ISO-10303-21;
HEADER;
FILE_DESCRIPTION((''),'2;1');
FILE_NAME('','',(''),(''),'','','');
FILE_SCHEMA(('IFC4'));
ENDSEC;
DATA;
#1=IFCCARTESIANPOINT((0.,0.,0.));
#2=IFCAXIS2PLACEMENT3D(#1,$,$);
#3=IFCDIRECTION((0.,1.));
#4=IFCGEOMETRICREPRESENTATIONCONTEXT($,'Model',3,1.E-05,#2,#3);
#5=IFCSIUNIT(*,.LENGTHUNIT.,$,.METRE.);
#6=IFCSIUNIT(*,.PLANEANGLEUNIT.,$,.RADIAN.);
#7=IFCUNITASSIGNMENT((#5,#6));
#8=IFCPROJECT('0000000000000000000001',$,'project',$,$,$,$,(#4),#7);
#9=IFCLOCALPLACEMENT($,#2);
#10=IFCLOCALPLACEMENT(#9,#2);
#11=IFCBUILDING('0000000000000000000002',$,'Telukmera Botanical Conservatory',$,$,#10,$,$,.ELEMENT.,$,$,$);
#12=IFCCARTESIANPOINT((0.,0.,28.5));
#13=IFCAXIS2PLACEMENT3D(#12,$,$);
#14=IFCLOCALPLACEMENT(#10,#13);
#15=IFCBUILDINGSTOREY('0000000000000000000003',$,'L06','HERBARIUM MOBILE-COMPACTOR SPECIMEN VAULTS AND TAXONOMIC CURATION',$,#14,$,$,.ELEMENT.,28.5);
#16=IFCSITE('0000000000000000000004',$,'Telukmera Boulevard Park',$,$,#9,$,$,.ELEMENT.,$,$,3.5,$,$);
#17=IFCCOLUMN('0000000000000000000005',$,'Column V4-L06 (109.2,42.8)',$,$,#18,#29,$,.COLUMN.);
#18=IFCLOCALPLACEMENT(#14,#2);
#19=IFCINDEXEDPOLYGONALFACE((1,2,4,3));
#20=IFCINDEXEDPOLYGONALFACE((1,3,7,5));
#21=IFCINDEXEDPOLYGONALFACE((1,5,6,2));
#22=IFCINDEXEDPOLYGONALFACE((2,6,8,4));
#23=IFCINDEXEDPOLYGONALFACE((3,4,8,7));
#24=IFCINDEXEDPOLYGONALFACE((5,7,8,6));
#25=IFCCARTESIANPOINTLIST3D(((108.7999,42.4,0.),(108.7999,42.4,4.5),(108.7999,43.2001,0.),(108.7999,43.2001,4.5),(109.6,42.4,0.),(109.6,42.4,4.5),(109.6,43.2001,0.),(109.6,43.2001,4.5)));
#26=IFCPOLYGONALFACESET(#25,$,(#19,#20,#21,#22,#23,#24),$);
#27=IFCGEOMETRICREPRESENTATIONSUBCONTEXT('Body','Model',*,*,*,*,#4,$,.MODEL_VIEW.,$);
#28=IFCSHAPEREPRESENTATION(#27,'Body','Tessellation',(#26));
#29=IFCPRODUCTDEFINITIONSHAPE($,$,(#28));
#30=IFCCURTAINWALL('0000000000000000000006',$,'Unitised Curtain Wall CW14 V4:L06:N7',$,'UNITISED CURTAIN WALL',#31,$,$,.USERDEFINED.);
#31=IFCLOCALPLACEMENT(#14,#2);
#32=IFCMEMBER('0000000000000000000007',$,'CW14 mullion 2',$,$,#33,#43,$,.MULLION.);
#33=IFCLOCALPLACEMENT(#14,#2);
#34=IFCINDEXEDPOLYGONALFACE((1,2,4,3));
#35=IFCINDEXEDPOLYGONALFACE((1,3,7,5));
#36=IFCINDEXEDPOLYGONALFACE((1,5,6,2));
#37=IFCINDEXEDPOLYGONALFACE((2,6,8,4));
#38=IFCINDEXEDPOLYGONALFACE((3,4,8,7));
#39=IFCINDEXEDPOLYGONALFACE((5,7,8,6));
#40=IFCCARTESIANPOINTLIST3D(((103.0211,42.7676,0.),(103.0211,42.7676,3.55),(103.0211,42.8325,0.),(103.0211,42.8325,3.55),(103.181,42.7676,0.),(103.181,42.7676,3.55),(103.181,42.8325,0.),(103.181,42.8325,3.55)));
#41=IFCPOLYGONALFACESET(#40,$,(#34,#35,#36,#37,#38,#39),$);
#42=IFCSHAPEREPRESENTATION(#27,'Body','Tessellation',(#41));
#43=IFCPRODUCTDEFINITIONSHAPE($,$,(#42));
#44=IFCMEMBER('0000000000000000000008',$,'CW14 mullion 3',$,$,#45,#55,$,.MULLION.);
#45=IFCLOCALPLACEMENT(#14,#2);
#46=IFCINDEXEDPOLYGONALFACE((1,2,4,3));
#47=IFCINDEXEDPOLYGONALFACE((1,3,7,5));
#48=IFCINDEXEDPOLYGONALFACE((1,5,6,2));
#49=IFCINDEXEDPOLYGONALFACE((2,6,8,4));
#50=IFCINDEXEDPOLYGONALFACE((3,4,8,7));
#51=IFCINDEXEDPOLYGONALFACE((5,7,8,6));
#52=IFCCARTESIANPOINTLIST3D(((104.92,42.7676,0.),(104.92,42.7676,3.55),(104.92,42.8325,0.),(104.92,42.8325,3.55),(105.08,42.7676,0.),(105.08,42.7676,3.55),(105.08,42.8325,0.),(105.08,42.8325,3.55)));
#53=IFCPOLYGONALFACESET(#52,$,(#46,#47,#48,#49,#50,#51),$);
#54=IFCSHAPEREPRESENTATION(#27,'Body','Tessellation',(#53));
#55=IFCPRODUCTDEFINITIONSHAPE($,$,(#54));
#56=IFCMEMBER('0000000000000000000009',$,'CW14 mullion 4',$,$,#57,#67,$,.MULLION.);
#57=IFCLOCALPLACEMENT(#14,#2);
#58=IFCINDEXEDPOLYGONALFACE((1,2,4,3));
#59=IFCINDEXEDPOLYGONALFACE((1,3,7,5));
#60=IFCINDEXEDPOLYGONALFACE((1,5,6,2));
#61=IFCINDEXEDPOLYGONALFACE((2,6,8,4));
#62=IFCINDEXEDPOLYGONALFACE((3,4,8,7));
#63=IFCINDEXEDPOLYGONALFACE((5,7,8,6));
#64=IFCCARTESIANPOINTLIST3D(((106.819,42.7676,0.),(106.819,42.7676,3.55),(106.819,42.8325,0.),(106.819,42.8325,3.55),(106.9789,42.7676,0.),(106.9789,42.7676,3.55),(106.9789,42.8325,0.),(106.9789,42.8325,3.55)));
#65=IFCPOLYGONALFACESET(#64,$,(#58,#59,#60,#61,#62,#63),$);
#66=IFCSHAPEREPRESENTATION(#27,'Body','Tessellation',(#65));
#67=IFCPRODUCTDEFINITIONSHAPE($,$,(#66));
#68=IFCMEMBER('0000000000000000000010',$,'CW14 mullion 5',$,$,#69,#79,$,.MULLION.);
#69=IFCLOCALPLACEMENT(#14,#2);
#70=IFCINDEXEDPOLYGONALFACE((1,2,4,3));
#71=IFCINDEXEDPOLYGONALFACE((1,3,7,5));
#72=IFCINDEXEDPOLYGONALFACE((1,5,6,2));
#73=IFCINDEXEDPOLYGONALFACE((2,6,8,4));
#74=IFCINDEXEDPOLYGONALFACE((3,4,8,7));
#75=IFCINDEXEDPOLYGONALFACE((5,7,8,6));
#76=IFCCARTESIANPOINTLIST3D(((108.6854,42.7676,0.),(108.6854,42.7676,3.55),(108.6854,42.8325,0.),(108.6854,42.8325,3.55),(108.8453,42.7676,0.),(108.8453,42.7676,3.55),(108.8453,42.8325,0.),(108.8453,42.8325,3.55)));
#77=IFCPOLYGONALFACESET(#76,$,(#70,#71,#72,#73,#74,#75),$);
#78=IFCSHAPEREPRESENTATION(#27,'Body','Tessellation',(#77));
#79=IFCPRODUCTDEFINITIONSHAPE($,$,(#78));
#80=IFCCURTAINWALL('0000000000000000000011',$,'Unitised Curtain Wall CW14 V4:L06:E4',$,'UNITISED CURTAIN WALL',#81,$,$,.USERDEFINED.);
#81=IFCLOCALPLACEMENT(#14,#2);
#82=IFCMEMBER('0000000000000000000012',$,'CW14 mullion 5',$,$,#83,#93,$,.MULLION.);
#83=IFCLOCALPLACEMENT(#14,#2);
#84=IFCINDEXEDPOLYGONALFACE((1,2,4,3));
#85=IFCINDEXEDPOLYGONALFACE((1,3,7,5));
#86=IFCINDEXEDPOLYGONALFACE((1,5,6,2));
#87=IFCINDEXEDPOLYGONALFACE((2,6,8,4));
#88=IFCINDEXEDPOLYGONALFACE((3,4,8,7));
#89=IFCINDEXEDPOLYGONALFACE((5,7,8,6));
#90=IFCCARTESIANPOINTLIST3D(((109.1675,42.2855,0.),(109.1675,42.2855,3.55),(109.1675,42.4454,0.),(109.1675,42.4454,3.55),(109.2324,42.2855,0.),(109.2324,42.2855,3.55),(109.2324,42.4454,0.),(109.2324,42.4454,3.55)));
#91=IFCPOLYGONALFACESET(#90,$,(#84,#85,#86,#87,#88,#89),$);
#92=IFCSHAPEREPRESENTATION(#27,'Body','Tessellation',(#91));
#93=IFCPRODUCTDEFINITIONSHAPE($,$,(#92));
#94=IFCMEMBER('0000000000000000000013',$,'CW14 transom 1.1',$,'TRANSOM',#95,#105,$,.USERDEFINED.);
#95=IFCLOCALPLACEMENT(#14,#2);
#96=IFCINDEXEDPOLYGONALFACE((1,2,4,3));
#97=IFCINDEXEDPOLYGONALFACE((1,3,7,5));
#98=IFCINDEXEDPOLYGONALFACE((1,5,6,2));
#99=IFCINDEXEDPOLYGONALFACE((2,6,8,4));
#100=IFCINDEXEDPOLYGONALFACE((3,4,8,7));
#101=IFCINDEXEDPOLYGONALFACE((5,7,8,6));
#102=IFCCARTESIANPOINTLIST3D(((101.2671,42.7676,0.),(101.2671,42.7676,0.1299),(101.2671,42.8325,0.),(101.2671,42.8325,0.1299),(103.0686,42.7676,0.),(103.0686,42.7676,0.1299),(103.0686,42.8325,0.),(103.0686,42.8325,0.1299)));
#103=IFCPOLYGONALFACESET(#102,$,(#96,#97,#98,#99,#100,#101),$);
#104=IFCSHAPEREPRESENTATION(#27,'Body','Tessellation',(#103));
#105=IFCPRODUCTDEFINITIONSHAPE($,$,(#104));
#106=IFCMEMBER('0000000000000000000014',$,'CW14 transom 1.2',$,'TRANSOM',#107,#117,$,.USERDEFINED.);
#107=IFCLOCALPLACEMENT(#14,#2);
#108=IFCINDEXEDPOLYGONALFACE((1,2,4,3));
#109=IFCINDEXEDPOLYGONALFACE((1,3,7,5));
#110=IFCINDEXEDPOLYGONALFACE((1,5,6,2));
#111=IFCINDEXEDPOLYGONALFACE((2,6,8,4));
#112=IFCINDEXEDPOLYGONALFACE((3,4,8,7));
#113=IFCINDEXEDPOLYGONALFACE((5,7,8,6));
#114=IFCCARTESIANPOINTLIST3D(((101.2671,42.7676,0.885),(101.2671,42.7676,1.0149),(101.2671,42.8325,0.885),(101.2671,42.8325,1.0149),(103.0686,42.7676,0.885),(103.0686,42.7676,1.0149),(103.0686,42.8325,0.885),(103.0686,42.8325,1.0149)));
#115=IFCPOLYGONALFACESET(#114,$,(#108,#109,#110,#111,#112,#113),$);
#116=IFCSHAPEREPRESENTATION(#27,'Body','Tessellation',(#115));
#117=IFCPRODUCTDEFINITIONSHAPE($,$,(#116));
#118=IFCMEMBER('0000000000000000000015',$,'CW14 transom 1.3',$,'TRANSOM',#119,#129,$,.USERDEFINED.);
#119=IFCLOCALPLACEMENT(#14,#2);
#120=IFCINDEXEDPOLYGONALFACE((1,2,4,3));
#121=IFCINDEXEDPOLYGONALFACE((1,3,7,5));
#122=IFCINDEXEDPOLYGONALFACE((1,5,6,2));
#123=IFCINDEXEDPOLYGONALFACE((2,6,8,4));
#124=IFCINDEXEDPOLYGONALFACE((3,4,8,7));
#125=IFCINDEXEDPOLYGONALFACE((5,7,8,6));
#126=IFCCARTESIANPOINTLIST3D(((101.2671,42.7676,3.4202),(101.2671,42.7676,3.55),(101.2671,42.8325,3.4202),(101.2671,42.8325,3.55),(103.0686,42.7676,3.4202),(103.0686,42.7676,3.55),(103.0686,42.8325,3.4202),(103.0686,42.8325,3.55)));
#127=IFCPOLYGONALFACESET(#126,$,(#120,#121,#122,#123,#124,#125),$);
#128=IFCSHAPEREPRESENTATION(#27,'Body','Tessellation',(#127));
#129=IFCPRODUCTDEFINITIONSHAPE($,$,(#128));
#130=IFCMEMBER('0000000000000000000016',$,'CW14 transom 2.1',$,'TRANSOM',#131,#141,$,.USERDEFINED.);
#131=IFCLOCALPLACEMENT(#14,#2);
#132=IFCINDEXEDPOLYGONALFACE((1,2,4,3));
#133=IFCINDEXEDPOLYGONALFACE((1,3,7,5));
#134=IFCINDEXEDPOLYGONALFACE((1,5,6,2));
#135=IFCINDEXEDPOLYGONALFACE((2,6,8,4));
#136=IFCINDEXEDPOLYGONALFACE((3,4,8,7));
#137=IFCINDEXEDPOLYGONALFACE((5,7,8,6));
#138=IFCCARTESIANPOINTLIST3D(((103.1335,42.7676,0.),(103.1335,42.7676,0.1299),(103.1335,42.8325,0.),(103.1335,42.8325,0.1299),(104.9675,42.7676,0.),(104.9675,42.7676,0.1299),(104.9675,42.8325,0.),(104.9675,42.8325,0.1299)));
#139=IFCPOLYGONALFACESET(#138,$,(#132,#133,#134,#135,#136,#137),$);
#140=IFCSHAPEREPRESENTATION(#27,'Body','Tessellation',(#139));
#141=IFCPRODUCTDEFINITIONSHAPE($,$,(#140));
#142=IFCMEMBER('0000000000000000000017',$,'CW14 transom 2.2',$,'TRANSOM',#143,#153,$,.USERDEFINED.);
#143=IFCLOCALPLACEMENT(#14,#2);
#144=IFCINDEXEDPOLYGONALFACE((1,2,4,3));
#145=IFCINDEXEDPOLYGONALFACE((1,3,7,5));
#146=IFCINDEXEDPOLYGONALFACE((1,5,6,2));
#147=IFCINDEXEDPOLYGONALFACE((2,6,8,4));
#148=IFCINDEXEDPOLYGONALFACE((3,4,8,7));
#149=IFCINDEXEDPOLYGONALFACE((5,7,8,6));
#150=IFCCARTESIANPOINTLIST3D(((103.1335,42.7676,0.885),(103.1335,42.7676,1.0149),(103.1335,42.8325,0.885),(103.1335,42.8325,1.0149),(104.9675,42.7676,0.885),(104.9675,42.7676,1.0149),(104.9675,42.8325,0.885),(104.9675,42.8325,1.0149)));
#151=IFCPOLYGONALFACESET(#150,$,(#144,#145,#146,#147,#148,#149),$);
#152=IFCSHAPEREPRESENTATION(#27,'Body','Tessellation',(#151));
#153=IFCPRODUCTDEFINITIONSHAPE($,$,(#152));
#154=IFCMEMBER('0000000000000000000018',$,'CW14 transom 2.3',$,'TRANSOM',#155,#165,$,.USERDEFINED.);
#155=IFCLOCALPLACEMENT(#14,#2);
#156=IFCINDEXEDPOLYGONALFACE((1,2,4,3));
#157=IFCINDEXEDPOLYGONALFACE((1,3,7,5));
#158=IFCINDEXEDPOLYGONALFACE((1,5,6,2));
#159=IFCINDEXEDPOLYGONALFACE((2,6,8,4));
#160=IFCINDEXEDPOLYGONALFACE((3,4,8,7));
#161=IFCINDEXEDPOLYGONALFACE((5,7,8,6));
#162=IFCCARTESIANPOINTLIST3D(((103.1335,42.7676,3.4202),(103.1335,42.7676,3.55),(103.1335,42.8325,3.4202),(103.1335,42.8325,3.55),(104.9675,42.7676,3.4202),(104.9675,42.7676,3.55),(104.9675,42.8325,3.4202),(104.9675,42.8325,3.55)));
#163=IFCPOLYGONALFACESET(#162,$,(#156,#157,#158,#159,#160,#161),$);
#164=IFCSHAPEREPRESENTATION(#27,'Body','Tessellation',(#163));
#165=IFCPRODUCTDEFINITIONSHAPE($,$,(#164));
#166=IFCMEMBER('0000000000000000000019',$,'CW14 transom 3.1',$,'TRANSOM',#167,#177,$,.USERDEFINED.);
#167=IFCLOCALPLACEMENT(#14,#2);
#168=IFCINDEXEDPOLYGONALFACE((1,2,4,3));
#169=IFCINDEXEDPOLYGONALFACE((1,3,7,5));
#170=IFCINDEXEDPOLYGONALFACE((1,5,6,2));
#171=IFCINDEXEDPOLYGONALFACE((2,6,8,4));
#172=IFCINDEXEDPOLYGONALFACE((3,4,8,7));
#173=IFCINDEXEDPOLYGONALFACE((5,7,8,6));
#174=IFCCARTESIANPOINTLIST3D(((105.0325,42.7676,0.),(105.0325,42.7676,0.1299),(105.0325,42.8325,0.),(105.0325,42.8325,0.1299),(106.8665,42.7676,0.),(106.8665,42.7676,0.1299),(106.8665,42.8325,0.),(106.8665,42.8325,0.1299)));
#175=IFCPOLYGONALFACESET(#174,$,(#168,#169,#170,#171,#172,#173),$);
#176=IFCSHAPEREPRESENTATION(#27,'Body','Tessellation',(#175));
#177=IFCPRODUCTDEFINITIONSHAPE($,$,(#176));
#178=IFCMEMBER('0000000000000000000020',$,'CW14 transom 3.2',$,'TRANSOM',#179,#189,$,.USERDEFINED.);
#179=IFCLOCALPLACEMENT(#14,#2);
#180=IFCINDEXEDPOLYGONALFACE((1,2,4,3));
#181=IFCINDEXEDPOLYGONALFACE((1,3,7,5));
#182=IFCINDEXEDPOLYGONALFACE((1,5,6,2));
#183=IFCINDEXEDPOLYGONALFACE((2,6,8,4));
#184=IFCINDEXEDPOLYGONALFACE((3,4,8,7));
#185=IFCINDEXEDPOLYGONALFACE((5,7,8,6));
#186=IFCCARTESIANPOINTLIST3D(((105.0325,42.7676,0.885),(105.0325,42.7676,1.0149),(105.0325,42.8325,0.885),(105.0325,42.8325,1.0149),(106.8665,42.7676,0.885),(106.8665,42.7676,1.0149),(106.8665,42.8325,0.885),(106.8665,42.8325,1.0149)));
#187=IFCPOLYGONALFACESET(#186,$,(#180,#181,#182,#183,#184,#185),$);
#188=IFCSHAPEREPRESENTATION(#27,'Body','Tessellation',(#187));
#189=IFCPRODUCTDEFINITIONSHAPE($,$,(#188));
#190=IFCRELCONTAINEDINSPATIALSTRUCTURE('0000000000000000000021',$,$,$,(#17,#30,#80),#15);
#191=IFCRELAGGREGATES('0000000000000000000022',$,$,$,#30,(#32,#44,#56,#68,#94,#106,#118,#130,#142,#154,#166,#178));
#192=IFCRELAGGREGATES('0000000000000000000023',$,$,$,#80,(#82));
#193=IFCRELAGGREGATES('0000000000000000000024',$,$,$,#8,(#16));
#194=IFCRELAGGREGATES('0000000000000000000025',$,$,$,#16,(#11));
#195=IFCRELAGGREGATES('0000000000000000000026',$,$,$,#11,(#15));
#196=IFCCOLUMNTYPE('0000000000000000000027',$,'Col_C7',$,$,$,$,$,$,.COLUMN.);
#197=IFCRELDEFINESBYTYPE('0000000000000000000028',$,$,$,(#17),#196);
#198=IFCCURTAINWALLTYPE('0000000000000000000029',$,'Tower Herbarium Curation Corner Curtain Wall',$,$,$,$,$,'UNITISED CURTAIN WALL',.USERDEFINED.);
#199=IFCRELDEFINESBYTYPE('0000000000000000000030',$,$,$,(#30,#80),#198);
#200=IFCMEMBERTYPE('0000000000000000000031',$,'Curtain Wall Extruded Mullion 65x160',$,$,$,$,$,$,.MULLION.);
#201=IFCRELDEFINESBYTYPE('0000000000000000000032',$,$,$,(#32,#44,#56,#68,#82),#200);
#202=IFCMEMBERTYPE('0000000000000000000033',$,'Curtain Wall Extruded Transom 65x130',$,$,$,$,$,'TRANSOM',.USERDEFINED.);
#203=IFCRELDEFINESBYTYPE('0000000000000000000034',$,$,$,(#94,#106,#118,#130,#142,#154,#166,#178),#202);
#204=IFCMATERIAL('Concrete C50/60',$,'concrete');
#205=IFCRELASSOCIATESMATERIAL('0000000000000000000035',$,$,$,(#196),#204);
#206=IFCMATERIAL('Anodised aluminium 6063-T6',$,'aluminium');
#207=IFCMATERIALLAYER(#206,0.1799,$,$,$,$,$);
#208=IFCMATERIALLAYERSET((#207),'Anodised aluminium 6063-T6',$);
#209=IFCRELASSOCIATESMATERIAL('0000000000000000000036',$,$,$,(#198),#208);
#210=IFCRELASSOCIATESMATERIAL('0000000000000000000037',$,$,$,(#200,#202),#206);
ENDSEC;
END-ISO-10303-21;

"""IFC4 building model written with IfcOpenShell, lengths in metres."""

from ifc_helpers import new_model, si_unit, direction, frame, origin, origin_2d, place, context, subcontext, project, spatial, rectangle, extrude, material, layer, layer_set, material_profile, profile_set, type_object, element, aggregate, save


model = new_model("IFC4")

# Units and contexts
model_context = context("Model", 3, precision=1e-05, world=origin(), true_north=direction((0.0, 1.0)))
body_context = subcontext(model_context, "Body", "Model", "MODEL_VIEW")
ifc_project = project(units=[si_unit("LENGTHUNIT", "METRE"), si_unit("PLANEANGLEUNIT", "RADIAN")], contexts=[model_context])

# Site, building, storey
site_placement = place(None, origin())
site = spatial("IfcSite", under=ifc_project, at=site_placement, Name="Telukmera Boulevard Park", CompositionType="ELEMENT", RefElevation=3.5)
building_placement = place(site_placement, origin())
building = spatial("IfcBuilding", under=site, at=building_placement, Name="Telukmera Botanical Conservatory", CompositionType="ELEMENT")
storey_placement = place(building_placement, frame((0.0, 0.0, 28.5)))
storey = spatial("IfcBuildingStorey", under=building, at=storey_placement, Name="L06", Description="HERBARIUM MOBILE-COMPACTOR SPECIMEN VAULTS AND TAXONOMIC CURATION", CompositionType="ELEMENT", Elevation=28.5)

# Column
ifc_material_1 = material(Name="Concrete C50/60", Category="concrete")
ifc_material_profile_1 = material_profile(ifc_material_1, rectangle(XDim=0.8, YDim=0.8, at=origin_2d()), Name="RC 800x800")
ifc_profile_set_1 = profile_set([ifc_material_profile_1], Name="Concrete C50/60")
column_type = type_object("IfcColumnType", Name="Col_C7", PredefinedType="COLUMN", material=ifc_profile_set_1)
column_placement = place(storey_placement, frame((109.2, 42.8, 0.0), z_axis=(0.0, 0.0, 1.0), x_axis=(1.0, 0.0, 0.0)))
element("IfcColumn", 1, at=column_placement, inside=storey, type_object=column_type, Name="Column V4-L06 (109.2,42.8)", PredefinedType="COLUMN", context=body_context, shape_type="SweptSolid", body=[
    extrude(rectangle(XDim=0.8, YDim=0.8, at=origin_2d()), origin(), (0.0, 0.0, 1.0), 4.5),
])

# Curtain wall, members
ifc_material_2 = material(Name="Anodised aluminium 6063-T6", Category="aluminium")
ifc_layer_1 = layer(ifc_material_2, 0.1799)
ifc_layer_set_1 = layer_set([ifc_layer_1], Name="Anodised aluminium 6063-T6")
curtain_wall_type = type_object("IfcCurtainWallType", Name="Tower Herbarium Curation Corner Curtain Wall", ElementType="UNITISED CURTAIN WALL", PredefinedType="USERDEFINED", material=ifc_layer_set_1)
curtain_wall_1_placement = place(storey_placement, origin())
curtain_wall_1 = element("IfcCurtainWall", 2, at=curtain_wall_1_placement, inside=storey, type_object=curtain_wall_type, Name="Unitised Curtain Wall CW14 V4:L06:N7", ObjectType="UNITISED CURTAIN WALL", PredefinedType="USERDEFINED")
ifc_material_profile_2 = material_profile(ifc_material_2, rectangle(XDim=0.0649, YDim=0.1599, at=origin_2d()), Name="ALU MULL 65x160")
ifc_profile_set_2 = profile_set([ifc_material_profile_2], Name="Anodised aluminium 6063-T6")
member_type_1 = type_object("IfcMemberType", Name="Curtain Wall Extruded Mullion 65x160", PredefinedType="MULLION", material=ifc_profile_set_2)
member_1_placement = place(storey_placement, frame((103.1011, 42.8, 0.0), z_axis=(0.0, 0.0, 1.0), x_axis=(0.0, 1.0, 0.0)))
member_1 = element("IfcMember", 3, at=member_1_placement, type_object=member_type_1, Name="CW14 mullion 2", PredefinedType="MULLION", context=body_context, shape_type="SweptSolid", body=[
    extrude(rectangle(XDim=0.0649, YDim=0.1599, at=origin_2d()), origin(), (0.0, 0.0, 1.0), 3.55),
])
member_2_placement = place(storey_placement, frame((105.0, 42.8, 0.0), z_axis=(0.0, 0.0, 1.0), x_axis=(0.0, 1.0, 0.0)))
member_2 = element("IfcMember", 4, at=member_2_placement, type_object=member_type_1, Name="CW14 mullion 3", PredefinedType="MULLION", context=body_context, shape_type="SweptSolid", body=[
    extrude(rectangle(XDim=0.0649, YDim=0.1599, at=origin_2d()), origin(), (0.0, 0.0, 1.0), 3.55),
])
member_3_placement = place(storey_placement, frame((106.8989, 42.8, 0.0), z_axis=(0.0, 0.0, 1.0), x_axis=(0.0, 1.0, 0.0)))
member_3 = element("IfcMember", 5, at=member_3_placement, type_object=member_type_1, Name="CW14 mullion 4", PredefinedType="MULLION", context=body_context, shape_type="SweptSolid", body=[
    extrude(rectangle(XDim=0.0649, YDim=0.1599, at=origin_2d()), origin(), (0.0, 0.0, 1.0), 3.55),
])
member_4_placement = place(storey_placement, frame((108.7654, 42.8, 0.0), z_axis=(0.0, 0.0, 1.0), x_axis=(0.0, 1.0, 0.0)))
member_4 = element("IfcMember", 6, at=member_4_placement, type_object=member_type_1, Name="CW14 mullion 5", PredefinedType="MULLION", context=body_context, shape_type="SweptSolid", body=[
    extrude(rectangle(XDim=0.0649, YDim=0.1599, at=origin_2d()), origin(), (0.0, 0.0, 1.0), 3.55),
])

# Curtain wall, member
curtain_wall_2_placement = place(storey_placement, origin())
curtain_wall_2 = element("IfcCurtainWall", 7, at=curtain_wall_2_placement, inside=storey, type_object=curtain_wall_type, Name="Unitised Curtain Wall CW14 V4:L06:E4", ObjectType="UNITISED CURTAIN WALL", PredefinedType="USERDEFINED")
member_5_placement = place(storey_placement, frame((109.2, 42.3655, 0.0), z_axis=(0.0, 0.0, 1.0), x_axis=(-1.0, 0.0, 0.0)))
member_5 = element("IfcMember", 8, at=member_5_placement, type_object=member_type_1, Name="CW14 mullion 5", PredefinedType="MULLION", context=body_context, shape_type="SweptSolid", body=[
    extrude(rectangle(XDim=0.0649, YDim=0.1599, at=origin_2d()), origin(), (0.0, 0.0, 1.0), 3.55),
])

# Members
ifc_material_profile_3 = material_profile(ifc_material_2, rectangle(XDim=0.0649, YDim=0.1299, at=origin_2d()), Name="ALU TRAN 65x130")
ifc_profile_set_3 = profile_set([ifc_material_profile_3], Name="Anodised aluminium 6063-T6")
member_type_2 = type_object("IfcMemberType", Name="Curtain Wall Extruded Transom 65x130", ElementType="TRANSOM", PredefinedType="USERDEFINED", material=ifc_profile_set_3)
member_6_placement = place(storey_placement, frame((101.2671, 42.8, 0.0649), z_axis=(1.0, 0.0, 0.0), x_axis=(0.0, 1.0, 0.0)))
member_6 = element("IfcMember", 9, at=member_6_placement, type_object=member_type_2, Name="CW14 transom 1.1", ObjectType="TRANSOM", PredefinedType="USERDEFINED", context=body_context, shape_type="SweptSolid", body=[
    extrude(rectangle(XDim=0.0649, YDim=0.1299, at=origin_2d()), origin(), (0.0, 0.0, 1.0), 1.8015),
])
member_7_placement = place(storey_placement, frame((101.2671, 42.8, 0.95), z_axis=(1.0, 0.0, 0.0), x_axis=(0.0, 1.0, 0.0)))
member_7 = element("IfcMember", 10, at=member_7_placement, type_object=member_type_2, Name="CW14 transom 1.2", ObjectType="TRANSOM", PredefinedType="USERDEFINED", context=body_context, shape_type="SweptSolid", body=[
    extrude(rectangle(XDim=0.0649, YDim=0.1299, at=origin_2d()), origin(), (0.0, 0.0, 1.0), 1.8015),
])
member_8_placement = place(storey_placement, frame((101.2671, 42.8, 3.4851), z_axis=(1.0, 0.0, 0.0), x_axis=(0.0, 1.0, 0.0)))
member_8 = element("IfcMember", 11, at=member_8_placement, type_object=member_type_2, Name="CW14 transom 1.3", ObjectType="TRANSOM", PredefinedType="USERDEFINED", context=body_context, shape_type="SweptSolid", body=[
    extrude(rectangle(XDim=0.0649, YDim=0.1299, at=origin_2d()), origin(), (0.0, 0.0, 1.0), 1.8015),
])
member_9_placement = place(storey_placement, frame((103.1335, 42.8, 0.0649), z_axis=(1.0, 0.0, 0.0), x_axis=(0.0, 1.0, 0.0)))
member_9 = element("IfcMember", 12, at=member_9_placement, type_object=member_type_2, Name="CW14 transom 2.1", ObjectType="TRANSOM", PredefinedType="USERDEFINED", context=body_context, shape_type="SweptSolid", body=[
    extrude(rectangle(XDim=0.0649, YDim=0.1299, at=origin_2d()), origin(), (0.0, 0.0, 1.0), 1.834),
])
member_10_placement = place(storey_placement, frame((103.1335, 42.8, 0.95), z_axis=(1.0, 0.0, 0.0), x_axis=(0.0, 1.0, 0.0)))
member_10 = element("IfcMember", 13, at=member_10_placement, type_object=member_type_2, Name="CW14 transom 2.2", ObjectType="TRANSOM", PredefinedType="USERDEFINED", context=body_context, shape_type="SweptSolid", body=[
    extrude(rectangle(XDim=0.0649, YDim=0.1299, at=origin_2d()), origin(), (0.0, 0.0, 1.0), 1.834),
])
member_11_placement = place(storey_placement, frame((103.1335, 42.8, 3.4851), z_axis=(1.0, 0.0, 0.0), x_axis=(0.0, 1.0, 0.0)))
member_11 = element("IfcMember", 14, at=member_11_placement, type_object=member_type_2, Name="CW14 transom 2.3", ObjectType="TRANSOM", PredefinedType="USERDEFINED", context=body_context, shape_type="SweptSolid", body=[
    extrude(rectangle(XDim=0.0649, YDim=0.1299, at=origin_2d()), origin(), (0.0, 0.0, 1.0), 1.834),
])
member_12_placement = place(storey_placement, frame((105.0325, 42.8, 0.0649), z_axis=(1.0, 0.0, 0.0), x_axis=(0.0, 1.0, 0.0)))
member_12 = element("IfcMember", 15, at=member_12_placement, type_object=member_type_2, Name="CW14 transom 3.1", ObjectType="TRANSOM", PredefinedType="USERDEFINED", context=body_context, shape_type="SweptSolid", body=[
    extrude(rectangle(XDim=0.0649, YDim=0.1299, at=origin_2d()), origin(), (0.0, 0.0, 1.0), 1.834),
])
member_13_placement = place(storey_placement, frame((105.0325, 42.8, 0.95), z_axis=(1.0, 0.0, 0.0), x_axis=(0.0, 1.0, 0.0)))
member_13 = element("IfcMember", 16, at=member_13_placement, type_object=member_type_2, Name="CW14 transom 3.2", ObjectType="TRANSOM", PredefinedType="USERDEFINED", context=body_context, shape_type="SweptSolid", body=[
    extrude(rectangle(XDim=0.0649, YDim=0.1299, at=origin_2d()), origin(), (0.0, 0.0, 1.0), 1.834),
])

aggregate(curtain_wall_1, [member_1, member_2, member_3, member_4, member_6, member_7, member_8, member_9, member_10, member_11, member_12, member_13])
aggregate(curtain_wall_2, [member_5])

save(model, "model.ifc")
